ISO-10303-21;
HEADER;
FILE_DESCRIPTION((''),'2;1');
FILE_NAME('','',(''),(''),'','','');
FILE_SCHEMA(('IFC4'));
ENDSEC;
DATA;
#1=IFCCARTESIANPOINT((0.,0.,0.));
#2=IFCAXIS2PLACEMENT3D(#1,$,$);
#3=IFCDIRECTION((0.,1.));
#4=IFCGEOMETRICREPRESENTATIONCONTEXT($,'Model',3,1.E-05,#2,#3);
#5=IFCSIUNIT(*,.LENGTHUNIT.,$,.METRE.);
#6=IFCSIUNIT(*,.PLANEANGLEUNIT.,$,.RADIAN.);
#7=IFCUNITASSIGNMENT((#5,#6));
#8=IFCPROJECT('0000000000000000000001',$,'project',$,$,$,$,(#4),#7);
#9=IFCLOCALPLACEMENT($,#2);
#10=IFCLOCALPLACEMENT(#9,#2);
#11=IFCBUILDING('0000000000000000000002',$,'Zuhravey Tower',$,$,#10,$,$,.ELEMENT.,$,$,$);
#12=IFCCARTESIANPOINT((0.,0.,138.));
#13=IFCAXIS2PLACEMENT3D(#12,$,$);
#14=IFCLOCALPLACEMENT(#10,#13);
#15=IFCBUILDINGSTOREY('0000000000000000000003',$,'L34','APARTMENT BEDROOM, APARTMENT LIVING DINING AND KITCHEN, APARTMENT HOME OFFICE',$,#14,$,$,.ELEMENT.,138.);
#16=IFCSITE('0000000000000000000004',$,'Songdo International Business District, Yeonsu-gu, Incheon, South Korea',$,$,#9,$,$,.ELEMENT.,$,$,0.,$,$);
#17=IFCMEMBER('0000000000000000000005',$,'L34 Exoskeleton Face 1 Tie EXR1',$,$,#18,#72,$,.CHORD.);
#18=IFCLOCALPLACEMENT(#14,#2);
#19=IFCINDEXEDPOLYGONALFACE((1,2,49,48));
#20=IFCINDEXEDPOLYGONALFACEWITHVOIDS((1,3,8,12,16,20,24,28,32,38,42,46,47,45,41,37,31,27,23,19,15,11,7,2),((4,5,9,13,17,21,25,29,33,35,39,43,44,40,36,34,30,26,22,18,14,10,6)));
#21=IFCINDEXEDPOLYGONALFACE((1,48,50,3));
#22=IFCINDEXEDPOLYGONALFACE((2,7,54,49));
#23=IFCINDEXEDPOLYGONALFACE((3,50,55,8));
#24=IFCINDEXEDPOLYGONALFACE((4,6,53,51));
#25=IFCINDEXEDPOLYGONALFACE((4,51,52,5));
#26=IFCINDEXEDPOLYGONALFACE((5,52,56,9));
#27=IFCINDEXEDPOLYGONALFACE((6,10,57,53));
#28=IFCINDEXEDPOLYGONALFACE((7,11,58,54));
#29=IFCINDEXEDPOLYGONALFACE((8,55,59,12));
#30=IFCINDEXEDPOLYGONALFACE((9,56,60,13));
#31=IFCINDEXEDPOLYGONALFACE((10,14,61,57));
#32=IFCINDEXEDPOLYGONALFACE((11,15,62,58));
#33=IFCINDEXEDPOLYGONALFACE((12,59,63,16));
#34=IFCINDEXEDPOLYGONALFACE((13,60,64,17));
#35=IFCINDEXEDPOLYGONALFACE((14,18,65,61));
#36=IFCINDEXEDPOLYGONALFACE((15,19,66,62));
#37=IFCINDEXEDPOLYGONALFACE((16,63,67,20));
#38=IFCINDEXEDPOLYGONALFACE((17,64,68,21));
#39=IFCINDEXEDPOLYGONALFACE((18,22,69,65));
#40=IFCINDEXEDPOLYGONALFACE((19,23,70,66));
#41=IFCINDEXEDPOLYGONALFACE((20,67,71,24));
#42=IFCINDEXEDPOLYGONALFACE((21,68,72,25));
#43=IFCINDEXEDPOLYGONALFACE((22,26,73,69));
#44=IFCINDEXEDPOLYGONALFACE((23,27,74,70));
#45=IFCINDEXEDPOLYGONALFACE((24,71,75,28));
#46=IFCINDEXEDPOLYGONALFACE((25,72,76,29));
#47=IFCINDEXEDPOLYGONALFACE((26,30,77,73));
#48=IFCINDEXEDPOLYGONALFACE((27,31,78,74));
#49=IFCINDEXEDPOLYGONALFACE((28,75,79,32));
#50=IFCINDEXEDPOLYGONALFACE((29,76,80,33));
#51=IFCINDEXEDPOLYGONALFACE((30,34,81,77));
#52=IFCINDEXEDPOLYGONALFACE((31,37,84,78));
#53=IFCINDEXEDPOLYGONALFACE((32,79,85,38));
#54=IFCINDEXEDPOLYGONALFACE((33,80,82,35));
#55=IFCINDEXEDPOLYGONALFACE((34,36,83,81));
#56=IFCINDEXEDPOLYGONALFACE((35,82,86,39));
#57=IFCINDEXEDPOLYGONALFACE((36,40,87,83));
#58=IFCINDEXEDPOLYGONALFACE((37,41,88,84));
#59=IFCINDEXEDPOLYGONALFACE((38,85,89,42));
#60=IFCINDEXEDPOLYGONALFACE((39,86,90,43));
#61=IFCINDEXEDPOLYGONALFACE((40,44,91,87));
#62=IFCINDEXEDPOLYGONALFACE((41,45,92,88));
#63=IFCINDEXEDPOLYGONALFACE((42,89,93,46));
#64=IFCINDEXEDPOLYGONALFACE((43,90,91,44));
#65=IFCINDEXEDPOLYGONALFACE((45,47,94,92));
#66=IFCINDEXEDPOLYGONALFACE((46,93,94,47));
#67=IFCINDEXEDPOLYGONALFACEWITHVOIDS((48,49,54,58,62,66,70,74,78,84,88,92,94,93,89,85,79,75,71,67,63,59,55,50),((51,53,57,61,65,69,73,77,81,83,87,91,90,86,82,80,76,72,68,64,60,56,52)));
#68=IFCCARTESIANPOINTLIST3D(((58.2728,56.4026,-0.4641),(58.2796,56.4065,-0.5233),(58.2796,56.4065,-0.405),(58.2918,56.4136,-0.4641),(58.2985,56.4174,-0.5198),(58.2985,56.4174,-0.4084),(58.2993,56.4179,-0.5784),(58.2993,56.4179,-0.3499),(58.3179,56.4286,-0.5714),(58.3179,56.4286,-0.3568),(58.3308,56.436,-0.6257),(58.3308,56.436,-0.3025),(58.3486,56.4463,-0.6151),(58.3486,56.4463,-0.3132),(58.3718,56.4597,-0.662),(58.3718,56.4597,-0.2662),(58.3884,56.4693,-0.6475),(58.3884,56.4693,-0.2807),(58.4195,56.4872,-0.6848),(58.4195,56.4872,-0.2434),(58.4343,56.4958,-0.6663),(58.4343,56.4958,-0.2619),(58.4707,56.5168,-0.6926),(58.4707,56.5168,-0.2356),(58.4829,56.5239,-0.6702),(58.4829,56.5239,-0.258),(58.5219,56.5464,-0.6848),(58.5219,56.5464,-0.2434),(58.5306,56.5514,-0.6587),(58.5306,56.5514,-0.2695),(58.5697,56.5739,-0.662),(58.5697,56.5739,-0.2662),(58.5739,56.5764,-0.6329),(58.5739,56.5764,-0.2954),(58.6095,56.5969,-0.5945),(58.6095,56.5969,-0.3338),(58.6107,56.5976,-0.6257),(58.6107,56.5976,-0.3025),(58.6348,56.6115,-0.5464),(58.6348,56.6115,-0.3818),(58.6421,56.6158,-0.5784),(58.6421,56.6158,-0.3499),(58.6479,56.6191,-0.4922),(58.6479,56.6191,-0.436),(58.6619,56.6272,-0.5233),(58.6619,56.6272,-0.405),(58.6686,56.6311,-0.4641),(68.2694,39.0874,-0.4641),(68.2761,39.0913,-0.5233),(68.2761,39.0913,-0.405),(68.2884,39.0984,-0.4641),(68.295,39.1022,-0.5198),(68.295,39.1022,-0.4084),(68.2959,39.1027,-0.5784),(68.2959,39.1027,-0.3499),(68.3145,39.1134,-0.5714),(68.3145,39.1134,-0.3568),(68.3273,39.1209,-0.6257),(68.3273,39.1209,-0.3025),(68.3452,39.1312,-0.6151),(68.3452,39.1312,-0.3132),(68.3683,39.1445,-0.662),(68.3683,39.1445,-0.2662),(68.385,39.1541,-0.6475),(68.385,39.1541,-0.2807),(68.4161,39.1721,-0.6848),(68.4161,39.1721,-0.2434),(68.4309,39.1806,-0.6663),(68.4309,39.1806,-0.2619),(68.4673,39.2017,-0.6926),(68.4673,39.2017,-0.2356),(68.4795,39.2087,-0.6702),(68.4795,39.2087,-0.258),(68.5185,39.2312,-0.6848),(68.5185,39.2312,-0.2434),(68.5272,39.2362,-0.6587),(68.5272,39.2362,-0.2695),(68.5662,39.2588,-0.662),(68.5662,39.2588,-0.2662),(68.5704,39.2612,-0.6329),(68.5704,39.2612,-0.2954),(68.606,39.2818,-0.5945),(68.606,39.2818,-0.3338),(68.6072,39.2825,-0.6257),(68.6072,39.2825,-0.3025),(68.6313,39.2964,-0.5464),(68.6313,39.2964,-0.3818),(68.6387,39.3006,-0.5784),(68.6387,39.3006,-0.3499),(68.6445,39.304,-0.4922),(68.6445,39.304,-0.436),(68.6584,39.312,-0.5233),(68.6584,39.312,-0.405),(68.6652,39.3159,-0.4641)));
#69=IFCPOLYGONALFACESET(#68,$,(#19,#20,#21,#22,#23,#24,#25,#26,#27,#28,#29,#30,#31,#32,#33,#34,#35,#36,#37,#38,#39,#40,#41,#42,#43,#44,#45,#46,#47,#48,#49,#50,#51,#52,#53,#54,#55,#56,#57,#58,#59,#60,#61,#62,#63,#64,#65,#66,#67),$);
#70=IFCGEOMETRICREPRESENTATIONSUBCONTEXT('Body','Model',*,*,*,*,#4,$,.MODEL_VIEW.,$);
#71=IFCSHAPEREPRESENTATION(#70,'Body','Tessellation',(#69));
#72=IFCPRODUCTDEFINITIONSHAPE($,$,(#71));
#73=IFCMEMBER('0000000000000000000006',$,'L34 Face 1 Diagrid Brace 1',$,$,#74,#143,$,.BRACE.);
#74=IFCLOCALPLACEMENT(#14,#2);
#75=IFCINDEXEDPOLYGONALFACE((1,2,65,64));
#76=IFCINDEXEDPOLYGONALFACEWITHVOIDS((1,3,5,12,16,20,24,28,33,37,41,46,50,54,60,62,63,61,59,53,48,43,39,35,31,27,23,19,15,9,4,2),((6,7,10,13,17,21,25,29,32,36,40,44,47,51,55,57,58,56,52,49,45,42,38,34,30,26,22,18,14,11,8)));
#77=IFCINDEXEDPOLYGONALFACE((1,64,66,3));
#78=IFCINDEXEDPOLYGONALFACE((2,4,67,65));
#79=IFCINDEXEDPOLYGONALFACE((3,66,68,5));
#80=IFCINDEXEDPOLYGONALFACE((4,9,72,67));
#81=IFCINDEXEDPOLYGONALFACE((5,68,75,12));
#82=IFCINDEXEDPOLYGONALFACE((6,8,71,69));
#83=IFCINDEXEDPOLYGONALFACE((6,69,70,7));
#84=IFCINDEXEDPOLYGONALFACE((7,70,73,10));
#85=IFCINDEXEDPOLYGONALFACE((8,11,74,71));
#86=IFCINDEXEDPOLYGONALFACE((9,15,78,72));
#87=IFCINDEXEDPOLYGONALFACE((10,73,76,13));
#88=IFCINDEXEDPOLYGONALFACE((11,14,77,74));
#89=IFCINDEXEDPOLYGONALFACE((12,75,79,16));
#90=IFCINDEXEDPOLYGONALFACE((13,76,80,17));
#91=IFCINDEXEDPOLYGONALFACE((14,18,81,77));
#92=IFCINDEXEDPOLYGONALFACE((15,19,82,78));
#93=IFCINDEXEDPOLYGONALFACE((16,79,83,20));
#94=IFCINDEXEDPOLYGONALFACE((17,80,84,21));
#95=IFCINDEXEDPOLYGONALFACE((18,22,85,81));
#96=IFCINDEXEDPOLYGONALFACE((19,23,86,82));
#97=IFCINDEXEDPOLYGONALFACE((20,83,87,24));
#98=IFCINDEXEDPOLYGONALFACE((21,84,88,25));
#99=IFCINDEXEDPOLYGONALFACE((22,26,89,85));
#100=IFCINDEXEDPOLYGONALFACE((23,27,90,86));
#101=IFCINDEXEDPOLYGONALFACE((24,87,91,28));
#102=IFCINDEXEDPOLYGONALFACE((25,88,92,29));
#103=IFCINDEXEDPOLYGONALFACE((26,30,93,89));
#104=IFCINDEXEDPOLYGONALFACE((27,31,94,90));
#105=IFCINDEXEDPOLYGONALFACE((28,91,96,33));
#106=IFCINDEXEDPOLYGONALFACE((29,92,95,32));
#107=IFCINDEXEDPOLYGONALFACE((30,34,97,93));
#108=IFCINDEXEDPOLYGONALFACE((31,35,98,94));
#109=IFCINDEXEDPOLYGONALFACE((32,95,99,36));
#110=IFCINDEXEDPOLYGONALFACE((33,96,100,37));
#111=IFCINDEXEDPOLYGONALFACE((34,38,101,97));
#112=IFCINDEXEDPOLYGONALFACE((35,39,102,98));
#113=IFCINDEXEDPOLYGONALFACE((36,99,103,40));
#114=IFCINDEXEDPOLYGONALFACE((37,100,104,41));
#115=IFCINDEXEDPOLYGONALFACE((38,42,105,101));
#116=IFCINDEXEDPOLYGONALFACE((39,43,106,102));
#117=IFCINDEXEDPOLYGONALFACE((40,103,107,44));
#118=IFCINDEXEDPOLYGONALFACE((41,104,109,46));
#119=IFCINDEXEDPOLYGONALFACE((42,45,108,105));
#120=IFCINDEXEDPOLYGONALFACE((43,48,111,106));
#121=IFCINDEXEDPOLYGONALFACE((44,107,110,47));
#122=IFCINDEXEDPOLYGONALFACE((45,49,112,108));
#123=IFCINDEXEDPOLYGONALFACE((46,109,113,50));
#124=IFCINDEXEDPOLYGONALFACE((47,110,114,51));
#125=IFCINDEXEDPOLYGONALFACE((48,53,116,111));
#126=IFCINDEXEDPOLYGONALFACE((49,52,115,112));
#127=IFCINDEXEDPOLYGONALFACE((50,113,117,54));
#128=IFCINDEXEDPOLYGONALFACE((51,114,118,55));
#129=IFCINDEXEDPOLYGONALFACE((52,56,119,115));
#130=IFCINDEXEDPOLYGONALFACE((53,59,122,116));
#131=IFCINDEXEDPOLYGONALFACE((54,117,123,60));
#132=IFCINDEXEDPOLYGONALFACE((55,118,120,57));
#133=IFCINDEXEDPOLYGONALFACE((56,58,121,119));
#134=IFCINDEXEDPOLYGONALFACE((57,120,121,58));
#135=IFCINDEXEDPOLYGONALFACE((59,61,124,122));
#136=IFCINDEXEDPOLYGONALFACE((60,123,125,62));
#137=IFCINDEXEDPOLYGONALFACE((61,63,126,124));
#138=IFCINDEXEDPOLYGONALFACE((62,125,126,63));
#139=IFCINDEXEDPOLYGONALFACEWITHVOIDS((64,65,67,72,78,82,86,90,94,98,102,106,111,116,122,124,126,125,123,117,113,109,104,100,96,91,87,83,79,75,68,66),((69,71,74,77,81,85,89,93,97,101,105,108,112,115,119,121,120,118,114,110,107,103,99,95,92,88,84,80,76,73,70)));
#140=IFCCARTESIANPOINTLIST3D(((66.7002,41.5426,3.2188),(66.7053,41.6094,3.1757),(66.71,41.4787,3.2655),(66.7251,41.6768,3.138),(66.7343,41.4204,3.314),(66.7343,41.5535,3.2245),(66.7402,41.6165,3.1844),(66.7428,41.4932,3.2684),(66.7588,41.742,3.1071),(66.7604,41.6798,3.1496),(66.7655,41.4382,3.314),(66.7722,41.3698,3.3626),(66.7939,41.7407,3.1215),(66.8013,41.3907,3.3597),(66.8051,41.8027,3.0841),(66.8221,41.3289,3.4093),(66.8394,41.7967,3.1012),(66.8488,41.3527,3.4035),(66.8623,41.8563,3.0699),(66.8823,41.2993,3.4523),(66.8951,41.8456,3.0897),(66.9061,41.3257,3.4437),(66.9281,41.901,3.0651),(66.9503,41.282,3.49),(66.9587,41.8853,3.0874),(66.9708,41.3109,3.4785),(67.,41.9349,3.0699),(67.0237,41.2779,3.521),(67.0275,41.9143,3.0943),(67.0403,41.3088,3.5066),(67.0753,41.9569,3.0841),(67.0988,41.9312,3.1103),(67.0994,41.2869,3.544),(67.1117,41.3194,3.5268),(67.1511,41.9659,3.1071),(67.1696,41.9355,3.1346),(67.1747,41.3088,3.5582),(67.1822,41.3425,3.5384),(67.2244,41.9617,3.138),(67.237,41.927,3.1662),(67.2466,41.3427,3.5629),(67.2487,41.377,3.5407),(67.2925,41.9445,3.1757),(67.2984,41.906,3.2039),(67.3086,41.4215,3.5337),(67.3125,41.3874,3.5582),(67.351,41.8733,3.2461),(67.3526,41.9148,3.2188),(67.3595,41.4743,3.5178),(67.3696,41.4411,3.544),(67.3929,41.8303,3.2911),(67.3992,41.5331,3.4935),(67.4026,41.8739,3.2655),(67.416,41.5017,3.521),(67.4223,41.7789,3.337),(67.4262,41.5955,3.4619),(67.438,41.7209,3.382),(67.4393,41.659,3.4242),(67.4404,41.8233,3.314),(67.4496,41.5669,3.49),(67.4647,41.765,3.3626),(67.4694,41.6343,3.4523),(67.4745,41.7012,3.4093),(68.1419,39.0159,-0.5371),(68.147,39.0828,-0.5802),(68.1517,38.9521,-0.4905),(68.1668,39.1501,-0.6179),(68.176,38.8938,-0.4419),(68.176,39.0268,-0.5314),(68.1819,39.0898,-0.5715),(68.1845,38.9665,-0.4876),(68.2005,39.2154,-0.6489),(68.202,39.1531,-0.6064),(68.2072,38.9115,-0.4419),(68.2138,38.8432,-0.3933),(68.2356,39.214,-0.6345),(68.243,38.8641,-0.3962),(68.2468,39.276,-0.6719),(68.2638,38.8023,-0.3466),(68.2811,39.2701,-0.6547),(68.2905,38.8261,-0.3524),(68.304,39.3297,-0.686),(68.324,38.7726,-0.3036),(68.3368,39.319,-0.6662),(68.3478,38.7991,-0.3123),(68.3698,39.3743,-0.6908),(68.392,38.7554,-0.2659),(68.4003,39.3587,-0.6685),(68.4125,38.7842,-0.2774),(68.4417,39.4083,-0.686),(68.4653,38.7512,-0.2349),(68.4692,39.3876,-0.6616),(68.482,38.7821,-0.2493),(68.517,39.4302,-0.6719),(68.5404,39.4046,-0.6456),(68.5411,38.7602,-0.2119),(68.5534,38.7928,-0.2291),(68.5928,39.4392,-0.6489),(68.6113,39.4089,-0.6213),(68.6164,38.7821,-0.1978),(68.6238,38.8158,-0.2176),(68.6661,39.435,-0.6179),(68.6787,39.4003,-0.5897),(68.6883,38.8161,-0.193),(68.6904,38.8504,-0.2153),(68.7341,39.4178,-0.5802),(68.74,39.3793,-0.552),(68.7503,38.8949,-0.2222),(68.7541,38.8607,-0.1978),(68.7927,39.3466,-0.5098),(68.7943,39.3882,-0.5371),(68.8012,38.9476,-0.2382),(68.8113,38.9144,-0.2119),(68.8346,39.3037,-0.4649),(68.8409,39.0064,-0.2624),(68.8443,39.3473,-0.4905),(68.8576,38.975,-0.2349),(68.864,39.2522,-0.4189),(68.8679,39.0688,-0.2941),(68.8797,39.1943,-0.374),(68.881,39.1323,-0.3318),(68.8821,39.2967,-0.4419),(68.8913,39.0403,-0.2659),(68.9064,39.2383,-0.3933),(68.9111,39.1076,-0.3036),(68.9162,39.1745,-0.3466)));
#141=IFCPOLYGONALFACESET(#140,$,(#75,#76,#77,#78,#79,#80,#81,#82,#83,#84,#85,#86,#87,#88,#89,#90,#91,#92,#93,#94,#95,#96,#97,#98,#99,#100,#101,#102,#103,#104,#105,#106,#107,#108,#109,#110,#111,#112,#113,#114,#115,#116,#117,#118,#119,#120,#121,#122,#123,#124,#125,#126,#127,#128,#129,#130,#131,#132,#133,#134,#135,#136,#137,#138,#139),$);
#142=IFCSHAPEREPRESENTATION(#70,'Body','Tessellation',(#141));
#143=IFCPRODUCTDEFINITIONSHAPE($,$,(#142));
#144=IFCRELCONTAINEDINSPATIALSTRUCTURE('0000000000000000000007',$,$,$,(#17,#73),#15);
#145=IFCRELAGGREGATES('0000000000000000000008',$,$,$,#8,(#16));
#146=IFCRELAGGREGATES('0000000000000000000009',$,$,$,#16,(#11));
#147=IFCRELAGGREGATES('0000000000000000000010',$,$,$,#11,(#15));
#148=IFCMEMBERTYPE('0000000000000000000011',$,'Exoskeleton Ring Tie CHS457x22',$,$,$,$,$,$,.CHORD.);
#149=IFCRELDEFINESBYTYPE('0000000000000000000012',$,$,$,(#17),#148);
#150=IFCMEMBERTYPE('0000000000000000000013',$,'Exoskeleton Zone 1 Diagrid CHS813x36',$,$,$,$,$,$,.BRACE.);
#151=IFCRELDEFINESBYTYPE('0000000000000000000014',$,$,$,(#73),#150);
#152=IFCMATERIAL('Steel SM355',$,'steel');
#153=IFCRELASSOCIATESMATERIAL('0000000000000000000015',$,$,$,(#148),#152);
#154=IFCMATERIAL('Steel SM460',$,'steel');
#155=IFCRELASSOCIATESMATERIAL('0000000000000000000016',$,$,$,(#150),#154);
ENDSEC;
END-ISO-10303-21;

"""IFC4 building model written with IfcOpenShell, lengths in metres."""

from ifc_helpers import new_model, si_unit, direction, frame, origin, origin_2d, place, context, subcontext, project, spatial, hollow_circle, extrude, material, material_profile, profile_set, type_object, element, save


model = new_model("IFC4")

# Units and contexts
model_context = context("Model", 3, precision=1e-05, world=origin(), true_north=direction((0.0, 1.0)))
body_context = subcontext(model_context, "Body", "Model", "MODEL_VIEW")
ifc_project = project(units=[si_unit("LENGTHUNIT", "METRE"), si_unit("PLANEANGLEUNIT", "RADIAN")], contexts=[model_context])

# Site, building, storey
site_placement = place(None, origin())
site = spatial("IfcSite", under=ifc_project, at=site_placement, Name="Songdo International Business District, Yeonsu-gu, Incheon, South Korea", CompositionType="ELEMENT", RefElevation=0.0)
building_placement = place(site_placement, origin())
building = spatial("IfcBuilding", under=site, at=building_placement, Name="Zuhravey Tower", CompositionType="ELEMENT")
storey_placement = place(building_placement, frame((0.0, 0.0, 138.0)))
storey = spatial("IfcBuildingStorey", under=building, at=storey_placement, Name="L34", Description="APARTMENT BEDROOM, APARTMENT LIVING DINING AND KITCHEN, APARTMENT HOME OFFICE", CompositionType="ELEMENT", Elevation=138.0)

# Shared definitions
ifc_material_1 = material(Name="Steel SM460", Category="steel")

# Members
ifc_material_2 = material(Name="Steel SM355", Category="steel")
ifc_material_profile_1 = material_profile(ifc_material_2, hollow_circle(Radius=0.2285, WallThickness=0.022, at=origin_2d()), Name="CHS-457.2x22")
ifc_profile_set_1 = profile_set([ifc_material_profile_1], Name="Steel SM355")
member_type_1 = type_object("IfcMemberType", Name="Exoskeleton Ring Tie CHS457x22", PredefinedType="CHORD", material=ifc_profile_set_1)
member_1_placement = place(storey_placement, frame((68.4673, 39.2017, -0.4641), z_axis=(-0.499987, 0.866033, 0.0), x_axis=(-0.866033, -0.499987, 0.0)))
element("IfcMember", 1, at=member_1_placement, inside=storey, type_object=member_type_1, Name="L34 Exoskeleton Face 1 Tie EXR1", PredefinedType="CHORD", context=body_context, shape_type="SweptSolid", body=[
    extrude(hollow_circle(Radius=0.2285, WallThickness=0.022, at=origin_2d()), origin(), (0.0, 0.0, 1.0), 19.9937),
])
ifc_material_profile_2 = material_profile(ifc_material_1, hollow_circle(Radius=0.4065, WallThickness=0.0359, at=origin_2d()), Name="CHS-812.8x36")
ifc_profile_set_2 = profile_set([ifc_material_profile_2], Name="Steel SM460")
member_type_2 = type_object("IfcMemberType", Name="Exoskeleton Zone 1 Diagrid CHS813x36", PredefinedType="BRACE", material=ifc_profile_set_2)
member_2_placement = place(storey_placement, frame((68.5291, 39.0952, -0.4419), z_axis=(-0.303464, 0.531846, 0.7906), x_axis=(-0.868558, -0.495588, 0.0)))
element("IfcMember", 2, at=member_2_placement, inside=storey, type_object=member_type_2, Name="L34 Face 1 Diagrid Brace 1", PredefinedType="BRACE", context=body_context, shape_type="SweptSolid", body=[
    extrude(hollow_circle(Radius=0.4065, WallThickness=0.0359, at=origin_2d()), origin(), (0.0, 0.0, 1.0), 4.7507),
])

save(model, "model.ifc")
